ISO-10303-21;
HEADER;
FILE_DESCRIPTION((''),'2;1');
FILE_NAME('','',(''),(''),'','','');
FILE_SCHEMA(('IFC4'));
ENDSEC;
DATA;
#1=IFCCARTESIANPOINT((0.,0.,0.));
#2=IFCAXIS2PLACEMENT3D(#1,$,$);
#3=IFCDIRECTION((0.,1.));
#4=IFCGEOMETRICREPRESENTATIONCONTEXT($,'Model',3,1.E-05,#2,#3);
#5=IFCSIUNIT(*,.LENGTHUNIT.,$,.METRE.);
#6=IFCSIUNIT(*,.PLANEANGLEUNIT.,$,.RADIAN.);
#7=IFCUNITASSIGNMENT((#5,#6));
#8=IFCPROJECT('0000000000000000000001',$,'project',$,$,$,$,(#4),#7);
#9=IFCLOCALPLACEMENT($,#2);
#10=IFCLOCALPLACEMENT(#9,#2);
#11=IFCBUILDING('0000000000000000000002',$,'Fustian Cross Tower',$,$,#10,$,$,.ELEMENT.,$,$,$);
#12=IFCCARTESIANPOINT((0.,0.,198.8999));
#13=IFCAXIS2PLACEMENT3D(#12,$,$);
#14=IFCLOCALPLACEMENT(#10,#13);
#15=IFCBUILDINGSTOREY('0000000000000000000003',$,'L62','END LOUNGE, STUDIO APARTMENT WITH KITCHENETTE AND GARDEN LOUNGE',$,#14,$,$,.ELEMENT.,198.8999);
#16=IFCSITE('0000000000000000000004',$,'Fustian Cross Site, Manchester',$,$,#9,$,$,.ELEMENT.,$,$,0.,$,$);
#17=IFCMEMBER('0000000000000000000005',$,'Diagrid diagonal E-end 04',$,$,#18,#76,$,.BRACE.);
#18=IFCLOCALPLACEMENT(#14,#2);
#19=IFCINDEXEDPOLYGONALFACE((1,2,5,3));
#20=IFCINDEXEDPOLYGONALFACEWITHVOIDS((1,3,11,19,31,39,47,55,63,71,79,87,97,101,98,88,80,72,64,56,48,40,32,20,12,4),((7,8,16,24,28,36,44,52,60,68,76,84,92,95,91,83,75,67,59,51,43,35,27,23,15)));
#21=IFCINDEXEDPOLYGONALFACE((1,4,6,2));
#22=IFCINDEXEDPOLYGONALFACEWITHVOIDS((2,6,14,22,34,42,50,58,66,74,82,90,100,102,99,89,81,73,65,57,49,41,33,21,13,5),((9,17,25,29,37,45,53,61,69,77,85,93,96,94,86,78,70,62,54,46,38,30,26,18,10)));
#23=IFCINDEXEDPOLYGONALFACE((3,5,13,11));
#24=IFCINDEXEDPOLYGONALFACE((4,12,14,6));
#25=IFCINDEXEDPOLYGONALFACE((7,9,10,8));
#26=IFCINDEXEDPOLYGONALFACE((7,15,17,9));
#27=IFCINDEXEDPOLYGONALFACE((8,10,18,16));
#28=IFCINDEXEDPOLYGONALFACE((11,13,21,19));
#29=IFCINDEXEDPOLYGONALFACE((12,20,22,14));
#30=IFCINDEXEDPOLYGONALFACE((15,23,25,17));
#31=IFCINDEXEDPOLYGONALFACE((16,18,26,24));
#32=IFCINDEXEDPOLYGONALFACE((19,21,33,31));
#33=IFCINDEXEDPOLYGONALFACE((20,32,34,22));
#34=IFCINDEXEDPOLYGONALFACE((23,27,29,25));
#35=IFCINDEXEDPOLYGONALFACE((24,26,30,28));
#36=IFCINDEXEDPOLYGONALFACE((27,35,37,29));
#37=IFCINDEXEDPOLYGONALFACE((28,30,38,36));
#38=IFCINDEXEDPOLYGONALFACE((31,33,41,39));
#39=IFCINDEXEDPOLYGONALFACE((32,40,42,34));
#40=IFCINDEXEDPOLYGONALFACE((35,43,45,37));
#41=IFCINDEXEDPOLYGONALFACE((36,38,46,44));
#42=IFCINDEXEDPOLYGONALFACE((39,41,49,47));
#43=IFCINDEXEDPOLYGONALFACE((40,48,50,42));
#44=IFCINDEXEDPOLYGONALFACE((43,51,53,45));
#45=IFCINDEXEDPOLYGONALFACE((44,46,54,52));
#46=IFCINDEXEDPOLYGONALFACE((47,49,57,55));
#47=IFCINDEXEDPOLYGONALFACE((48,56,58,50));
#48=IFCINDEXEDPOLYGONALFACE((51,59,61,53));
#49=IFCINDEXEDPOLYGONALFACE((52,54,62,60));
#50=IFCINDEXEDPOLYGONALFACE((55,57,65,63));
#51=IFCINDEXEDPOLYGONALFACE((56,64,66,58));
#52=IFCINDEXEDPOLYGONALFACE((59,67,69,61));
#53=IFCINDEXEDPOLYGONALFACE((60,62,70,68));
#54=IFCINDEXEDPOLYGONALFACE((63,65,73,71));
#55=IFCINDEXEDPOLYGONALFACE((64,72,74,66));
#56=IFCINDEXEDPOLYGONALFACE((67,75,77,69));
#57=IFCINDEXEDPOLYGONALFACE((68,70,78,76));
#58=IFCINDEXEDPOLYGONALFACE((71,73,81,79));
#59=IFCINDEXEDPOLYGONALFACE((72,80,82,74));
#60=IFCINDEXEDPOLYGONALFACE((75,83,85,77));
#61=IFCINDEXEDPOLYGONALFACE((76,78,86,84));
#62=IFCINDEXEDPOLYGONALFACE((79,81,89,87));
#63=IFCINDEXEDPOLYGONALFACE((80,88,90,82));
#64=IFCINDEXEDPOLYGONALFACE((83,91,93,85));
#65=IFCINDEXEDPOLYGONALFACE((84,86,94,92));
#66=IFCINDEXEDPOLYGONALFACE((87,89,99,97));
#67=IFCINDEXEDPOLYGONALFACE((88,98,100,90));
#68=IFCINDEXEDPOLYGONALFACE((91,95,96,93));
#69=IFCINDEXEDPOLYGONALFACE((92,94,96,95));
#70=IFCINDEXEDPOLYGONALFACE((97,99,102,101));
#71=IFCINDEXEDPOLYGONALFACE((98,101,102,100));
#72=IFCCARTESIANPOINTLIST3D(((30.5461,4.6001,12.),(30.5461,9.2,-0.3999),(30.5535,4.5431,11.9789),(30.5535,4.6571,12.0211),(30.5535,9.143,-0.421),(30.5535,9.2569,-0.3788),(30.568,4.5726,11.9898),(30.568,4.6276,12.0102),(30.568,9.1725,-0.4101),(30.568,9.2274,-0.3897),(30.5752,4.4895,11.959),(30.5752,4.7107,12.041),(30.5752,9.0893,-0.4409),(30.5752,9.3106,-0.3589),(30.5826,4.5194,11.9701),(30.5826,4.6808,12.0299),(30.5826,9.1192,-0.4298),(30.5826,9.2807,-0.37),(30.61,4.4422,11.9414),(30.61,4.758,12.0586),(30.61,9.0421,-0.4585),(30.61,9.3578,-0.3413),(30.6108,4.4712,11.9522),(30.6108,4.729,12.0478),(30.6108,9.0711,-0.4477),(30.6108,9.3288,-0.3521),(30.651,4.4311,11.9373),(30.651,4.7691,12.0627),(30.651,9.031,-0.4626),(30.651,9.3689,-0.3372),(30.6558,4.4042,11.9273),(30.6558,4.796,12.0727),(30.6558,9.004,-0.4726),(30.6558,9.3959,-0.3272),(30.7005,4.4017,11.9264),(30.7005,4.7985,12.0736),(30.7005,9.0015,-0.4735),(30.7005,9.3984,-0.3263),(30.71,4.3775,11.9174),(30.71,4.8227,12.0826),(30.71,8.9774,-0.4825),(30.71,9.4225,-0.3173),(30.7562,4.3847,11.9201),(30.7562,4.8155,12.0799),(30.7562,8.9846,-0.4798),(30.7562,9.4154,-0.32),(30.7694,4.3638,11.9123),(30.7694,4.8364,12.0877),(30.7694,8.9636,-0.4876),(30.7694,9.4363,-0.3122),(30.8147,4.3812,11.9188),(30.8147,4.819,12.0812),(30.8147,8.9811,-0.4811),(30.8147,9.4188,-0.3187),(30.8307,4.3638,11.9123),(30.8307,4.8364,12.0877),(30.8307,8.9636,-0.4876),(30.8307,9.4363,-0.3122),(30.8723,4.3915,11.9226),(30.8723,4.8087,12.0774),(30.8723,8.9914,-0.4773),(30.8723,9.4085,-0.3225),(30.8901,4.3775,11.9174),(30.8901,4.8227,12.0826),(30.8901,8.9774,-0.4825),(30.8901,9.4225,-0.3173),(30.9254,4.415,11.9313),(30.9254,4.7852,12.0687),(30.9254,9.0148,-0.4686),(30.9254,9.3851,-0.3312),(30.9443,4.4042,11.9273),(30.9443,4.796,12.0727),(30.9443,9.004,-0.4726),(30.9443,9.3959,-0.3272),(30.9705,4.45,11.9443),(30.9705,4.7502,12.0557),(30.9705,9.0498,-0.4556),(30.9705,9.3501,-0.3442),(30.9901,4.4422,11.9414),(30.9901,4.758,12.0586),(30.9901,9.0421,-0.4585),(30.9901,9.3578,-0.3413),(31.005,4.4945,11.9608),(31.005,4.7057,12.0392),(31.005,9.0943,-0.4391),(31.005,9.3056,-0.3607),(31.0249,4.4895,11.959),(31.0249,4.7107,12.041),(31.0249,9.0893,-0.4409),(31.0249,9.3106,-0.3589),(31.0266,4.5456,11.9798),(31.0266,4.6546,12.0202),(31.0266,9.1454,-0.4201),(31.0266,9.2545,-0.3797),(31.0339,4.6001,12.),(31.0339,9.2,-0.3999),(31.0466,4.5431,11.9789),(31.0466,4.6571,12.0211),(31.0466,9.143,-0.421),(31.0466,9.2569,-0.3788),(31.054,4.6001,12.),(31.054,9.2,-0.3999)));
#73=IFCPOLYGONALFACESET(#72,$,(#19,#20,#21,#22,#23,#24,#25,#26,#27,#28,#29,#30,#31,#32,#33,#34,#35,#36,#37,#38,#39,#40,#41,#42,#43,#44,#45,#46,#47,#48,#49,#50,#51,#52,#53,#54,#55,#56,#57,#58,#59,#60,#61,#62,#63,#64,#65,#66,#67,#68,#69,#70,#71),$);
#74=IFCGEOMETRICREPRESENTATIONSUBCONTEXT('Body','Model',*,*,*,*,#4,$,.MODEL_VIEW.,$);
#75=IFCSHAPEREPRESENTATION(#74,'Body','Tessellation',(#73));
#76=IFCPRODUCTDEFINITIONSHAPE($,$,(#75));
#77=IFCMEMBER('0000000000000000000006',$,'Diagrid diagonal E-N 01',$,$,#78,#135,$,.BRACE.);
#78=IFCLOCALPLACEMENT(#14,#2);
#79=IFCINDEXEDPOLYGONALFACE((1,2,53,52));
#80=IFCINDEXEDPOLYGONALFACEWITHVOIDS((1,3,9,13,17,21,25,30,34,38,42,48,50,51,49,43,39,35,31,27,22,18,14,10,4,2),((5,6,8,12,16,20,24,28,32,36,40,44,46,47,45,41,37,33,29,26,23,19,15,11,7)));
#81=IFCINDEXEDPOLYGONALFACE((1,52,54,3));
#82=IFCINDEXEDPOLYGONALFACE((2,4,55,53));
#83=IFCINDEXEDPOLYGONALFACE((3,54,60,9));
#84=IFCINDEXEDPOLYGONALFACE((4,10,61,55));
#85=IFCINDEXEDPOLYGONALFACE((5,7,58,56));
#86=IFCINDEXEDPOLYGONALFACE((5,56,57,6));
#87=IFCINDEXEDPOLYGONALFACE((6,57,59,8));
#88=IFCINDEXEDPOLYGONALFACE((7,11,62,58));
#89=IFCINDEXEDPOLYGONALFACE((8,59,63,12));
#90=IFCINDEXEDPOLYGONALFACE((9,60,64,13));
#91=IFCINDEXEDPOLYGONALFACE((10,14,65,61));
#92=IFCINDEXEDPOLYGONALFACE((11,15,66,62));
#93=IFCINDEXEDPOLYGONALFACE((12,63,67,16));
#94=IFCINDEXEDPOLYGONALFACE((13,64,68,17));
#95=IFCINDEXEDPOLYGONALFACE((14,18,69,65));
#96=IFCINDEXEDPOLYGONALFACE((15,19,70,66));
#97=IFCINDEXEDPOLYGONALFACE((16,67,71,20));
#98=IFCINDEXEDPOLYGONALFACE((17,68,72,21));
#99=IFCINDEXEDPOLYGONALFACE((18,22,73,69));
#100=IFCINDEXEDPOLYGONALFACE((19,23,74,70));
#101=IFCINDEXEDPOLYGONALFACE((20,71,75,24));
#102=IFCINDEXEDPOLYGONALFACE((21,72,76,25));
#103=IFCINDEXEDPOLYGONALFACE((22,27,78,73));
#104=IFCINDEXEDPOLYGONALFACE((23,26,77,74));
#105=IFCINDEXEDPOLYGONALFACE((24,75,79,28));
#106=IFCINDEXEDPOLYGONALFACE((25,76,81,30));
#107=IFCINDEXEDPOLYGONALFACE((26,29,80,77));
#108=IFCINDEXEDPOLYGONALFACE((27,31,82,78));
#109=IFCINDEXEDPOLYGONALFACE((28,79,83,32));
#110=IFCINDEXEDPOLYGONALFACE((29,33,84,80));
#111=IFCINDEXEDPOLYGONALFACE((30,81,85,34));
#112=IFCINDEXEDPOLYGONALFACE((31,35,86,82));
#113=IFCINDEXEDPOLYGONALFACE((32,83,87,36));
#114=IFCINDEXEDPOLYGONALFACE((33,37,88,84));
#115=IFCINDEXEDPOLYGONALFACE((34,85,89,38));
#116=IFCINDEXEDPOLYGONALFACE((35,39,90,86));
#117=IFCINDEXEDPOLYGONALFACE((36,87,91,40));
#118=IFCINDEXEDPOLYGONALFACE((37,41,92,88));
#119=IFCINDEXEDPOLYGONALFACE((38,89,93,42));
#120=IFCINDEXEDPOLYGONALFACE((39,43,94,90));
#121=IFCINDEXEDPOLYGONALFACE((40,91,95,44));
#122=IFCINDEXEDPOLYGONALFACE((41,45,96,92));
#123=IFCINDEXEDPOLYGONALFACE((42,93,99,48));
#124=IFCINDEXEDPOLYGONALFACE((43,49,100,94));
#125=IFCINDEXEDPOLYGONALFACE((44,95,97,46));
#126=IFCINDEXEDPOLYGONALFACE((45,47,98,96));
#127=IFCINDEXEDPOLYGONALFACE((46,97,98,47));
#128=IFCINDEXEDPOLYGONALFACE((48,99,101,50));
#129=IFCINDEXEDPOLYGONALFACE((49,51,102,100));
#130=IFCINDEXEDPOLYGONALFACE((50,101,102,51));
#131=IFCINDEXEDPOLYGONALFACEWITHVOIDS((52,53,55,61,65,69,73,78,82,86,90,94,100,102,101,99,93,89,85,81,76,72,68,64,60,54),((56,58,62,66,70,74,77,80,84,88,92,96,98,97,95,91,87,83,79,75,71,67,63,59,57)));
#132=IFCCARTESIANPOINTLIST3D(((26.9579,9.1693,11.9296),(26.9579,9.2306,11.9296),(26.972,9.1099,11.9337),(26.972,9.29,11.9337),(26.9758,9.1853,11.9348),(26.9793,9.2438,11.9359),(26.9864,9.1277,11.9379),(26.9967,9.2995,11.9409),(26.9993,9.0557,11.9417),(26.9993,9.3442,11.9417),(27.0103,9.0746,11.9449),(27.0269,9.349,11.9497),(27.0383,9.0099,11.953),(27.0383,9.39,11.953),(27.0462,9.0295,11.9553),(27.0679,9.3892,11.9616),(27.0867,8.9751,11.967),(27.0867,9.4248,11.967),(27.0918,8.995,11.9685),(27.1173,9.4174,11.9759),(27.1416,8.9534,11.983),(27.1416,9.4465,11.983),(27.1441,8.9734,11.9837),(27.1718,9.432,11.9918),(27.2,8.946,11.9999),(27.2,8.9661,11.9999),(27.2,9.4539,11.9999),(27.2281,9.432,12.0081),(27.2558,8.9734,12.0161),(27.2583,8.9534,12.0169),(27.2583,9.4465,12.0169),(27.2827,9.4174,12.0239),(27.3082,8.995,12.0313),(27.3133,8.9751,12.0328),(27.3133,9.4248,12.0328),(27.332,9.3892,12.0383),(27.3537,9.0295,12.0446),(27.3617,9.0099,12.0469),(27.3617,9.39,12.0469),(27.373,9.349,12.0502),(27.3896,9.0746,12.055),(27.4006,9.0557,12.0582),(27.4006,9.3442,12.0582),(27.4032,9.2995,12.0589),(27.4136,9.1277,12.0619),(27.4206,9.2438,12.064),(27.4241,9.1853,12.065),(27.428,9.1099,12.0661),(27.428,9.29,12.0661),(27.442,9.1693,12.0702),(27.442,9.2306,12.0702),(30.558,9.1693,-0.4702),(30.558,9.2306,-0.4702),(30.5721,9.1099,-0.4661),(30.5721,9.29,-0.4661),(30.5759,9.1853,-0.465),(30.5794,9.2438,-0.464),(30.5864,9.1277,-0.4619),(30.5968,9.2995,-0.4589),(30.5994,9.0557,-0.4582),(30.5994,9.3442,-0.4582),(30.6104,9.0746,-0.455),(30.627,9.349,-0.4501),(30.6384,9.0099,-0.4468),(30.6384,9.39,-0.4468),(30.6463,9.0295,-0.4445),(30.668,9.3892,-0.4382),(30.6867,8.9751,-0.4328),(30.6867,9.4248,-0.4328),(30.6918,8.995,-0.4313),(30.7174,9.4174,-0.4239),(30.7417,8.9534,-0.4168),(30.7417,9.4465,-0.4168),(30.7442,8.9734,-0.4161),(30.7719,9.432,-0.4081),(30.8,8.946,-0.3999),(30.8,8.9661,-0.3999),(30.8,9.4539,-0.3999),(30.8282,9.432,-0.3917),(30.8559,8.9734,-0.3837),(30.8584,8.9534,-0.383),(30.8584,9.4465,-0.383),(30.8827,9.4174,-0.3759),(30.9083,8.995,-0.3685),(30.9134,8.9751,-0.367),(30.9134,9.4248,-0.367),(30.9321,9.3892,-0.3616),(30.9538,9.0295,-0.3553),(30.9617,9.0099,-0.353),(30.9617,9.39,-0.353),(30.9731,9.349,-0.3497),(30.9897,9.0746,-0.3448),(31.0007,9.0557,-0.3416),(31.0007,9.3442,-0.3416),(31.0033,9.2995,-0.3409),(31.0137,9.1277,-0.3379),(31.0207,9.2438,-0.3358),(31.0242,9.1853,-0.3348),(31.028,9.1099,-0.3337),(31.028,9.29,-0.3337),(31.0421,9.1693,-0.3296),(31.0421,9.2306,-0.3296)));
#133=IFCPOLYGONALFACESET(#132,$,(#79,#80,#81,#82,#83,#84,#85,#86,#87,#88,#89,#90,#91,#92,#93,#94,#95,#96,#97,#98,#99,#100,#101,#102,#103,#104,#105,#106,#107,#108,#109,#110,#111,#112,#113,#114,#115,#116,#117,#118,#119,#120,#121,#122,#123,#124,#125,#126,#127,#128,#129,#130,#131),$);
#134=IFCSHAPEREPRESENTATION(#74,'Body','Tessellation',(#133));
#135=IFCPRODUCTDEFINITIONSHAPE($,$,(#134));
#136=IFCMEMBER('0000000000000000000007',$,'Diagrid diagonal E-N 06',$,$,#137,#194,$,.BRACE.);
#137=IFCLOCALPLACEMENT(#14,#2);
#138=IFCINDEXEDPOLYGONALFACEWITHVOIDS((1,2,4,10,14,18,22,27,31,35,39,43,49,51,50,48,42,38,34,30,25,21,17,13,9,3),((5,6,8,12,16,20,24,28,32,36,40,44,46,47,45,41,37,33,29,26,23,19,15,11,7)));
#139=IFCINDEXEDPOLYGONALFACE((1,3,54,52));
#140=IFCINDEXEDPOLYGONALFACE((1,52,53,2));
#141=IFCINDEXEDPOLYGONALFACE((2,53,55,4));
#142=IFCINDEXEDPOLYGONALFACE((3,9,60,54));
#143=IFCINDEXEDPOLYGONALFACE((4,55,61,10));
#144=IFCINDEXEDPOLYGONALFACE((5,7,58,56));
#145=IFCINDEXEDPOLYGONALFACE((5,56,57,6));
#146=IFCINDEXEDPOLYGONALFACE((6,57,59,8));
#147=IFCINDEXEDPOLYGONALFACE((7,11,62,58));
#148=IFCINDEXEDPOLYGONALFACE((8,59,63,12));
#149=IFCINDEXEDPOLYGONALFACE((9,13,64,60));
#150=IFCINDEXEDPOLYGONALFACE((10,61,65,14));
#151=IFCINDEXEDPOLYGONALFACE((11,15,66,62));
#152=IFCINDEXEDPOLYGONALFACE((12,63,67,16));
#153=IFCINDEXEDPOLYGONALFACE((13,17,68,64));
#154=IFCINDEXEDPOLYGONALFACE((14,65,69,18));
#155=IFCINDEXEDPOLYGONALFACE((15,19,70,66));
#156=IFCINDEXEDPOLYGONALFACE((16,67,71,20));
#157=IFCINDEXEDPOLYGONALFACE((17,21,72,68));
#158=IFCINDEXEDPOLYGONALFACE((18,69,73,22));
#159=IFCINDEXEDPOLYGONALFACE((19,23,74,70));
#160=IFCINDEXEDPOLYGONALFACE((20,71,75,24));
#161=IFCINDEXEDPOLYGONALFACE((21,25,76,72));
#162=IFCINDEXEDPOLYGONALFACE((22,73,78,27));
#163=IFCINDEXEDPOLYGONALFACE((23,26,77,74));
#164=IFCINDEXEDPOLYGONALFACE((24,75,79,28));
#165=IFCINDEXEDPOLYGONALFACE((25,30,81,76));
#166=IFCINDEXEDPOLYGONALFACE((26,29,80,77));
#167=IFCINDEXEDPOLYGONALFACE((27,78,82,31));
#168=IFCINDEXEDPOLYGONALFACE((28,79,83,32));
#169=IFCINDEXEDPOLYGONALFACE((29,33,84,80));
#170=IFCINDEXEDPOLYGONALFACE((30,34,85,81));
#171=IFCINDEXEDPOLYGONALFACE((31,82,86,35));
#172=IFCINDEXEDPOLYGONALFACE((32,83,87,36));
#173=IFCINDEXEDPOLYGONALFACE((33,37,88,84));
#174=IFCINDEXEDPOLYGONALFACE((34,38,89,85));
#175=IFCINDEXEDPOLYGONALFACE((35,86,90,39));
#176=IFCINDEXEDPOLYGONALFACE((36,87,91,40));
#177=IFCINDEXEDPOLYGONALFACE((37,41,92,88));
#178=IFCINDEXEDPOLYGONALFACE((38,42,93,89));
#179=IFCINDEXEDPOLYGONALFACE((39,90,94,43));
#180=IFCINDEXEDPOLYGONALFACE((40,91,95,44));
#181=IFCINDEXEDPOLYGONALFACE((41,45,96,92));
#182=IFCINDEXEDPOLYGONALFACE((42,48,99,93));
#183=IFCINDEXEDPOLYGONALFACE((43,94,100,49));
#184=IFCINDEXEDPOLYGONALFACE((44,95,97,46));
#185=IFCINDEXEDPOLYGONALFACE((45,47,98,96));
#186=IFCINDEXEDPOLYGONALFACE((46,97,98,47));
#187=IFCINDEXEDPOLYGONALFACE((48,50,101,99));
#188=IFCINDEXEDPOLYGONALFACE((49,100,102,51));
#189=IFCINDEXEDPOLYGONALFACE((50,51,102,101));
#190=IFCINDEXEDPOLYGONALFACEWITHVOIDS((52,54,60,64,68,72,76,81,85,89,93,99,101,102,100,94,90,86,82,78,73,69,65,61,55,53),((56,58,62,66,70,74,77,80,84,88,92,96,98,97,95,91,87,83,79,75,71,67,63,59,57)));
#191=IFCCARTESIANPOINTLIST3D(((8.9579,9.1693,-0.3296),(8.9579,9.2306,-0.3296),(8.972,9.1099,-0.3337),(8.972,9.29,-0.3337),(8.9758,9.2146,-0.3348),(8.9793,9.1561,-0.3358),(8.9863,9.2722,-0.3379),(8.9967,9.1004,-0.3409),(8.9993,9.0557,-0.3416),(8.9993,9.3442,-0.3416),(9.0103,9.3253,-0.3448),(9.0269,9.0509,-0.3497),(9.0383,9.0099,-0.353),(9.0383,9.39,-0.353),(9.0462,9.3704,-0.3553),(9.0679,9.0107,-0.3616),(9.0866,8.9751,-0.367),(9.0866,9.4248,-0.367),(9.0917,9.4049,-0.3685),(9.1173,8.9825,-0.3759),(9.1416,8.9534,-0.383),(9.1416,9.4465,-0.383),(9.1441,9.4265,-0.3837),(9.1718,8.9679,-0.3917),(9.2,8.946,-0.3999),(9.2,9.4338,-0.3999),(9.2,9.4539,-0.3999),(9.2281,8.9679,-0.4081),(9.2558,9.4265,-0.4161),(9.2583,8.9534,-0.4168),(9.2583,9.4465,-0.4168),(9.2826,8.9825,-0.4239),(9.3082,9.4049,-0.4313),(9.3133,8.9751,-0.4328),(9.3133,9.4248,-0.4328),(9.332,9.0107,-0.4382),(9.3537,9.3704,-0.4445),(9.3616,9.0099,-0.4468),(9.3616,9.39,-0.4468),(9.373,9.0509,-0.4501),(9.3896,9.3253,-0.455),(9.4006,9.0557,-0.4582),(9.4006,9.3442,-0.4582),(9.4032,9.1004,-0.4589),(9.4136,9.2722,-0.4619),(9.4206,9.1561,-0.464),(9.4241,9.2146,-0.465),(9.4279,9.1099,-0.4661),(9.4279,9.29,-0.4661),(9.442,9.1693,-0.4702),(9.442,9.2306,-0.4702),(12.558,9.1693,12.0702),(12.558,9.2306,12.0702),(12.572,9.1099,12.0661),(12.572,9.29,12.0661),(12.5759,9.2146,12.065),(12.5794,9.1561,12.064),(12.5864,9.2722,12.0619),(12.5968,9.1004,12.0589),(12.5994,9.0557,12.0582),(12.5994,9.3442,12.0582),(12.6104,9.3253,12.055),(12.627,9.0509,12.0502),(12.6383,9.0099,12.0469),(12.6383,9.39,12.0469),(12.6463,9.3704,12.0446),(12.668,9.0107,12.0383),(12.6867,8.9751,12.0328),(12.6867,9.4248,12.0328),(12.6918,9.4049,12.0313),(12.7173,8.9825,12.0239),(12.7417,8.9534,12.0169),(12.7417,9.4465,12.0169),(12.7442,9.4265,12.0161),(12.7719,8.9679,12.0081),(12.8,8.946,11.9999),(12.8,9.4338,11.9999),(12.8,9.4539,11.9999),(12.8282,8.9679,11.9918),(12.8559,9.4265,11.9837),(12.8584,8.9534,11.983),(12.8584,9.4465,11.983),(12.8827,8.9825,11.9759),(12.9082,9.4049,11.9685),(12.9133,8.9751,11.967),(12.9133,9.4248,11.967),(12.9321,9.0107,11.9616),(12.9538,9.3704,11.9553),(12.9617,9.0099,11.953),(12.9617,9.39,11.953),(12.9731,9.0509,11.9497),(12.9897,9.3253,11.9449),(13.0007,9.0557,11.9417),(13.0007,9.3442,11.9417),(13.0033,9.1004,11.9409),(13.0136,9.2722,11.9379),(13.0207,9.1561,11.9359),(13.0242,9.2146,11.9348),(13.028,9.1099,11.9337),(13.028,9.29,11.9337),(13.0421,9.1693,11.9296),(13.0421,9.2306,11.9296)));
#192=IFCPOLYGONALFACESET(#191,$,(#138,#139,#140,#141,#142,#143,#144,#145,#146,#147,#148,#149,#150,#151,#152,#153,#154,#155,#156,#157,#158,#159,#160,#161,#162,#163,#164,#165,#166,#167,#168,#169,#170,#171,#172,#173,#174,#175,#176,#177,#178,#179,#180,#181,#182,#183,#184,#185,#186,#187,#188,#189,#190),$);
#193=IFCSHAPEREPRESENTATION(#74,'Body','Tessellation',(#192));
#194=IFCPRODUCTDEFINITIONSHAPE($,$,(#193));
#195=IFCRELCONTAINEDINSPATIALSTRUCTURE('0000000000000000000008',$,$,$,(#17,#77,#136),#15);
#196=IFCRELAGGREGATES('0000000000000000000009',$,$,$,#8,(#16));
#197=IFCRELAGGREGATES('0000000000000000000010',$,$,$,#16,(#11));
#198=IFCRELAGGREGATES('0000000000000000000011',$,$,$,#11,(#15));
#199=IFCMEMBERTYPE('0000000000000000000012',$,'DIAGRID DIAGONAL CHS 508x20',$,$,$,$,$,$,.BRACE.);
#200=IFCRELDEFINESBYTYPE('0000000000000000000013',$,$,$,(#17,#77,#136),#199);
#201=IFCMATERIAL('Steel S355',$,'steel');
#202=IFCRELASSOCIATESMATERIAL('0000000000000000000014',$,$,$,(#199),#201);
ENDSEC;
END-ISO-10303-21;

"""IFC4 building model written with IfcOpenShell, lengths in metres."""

from ifc_helpers import new_model, si_unit, direction, frame, origin, origin_2d, place, context, subcontext, project, spatial, hollow_circle, extrude, material, material_profile, profile_set, type_object, element, save


model = new_model("IFC4")

# Units and contexts
model_context = context("Model", 3, precision=1e-05, world=origin(), true_north=direction((0.0, 1.0)))
body_context = subcontext(model_context, "Body", "Model", "MODEL_VIEW")
ifc_project = project(units=[si_unit("LENGTHUNIT", "METRE"), si_unit("PLANEANGLEUNIT", "RADIAN")], contexts=[model_context])

# Site, building, storey
site_placement = place(None, origin())
site = spatial("IfcSite", under=ifc_project, at=site_placement, Name="Fustian Cross Site, Manchester", CompositionType="ELEMENT", RefElevation=0.0)
building_placement = place(site_placement, origin())
building = spatial("IfcBuilding", under=site, at=building_placement, Name="Fustian Cross Tower", CompositionType="ELEMENT")
storey_placement = place(building_placement, frame((0.0, 0.0, 198.8999)))
storey = spatial("IfcBuildingStorey", under=building, at=storey_placement, Name="L62", Description="END LOUNGE, STUDIO APARTMENT WITH KITCHENETTE AND GARDEN LOUNGE", CompositionType="ELEMENT", Elevation=198.8999)

# Members
ifc_material_1 = material(Name="Steel S355", Category="steel")
ifc_material_profile_1 = material_profile(ifc_material_1, hollow_circle(Radius=0.2539, WallThickness=0.02, at=origin_2d()), Name="CHS 508x20")
ifc_profile_set_1 = profile_set([ifc_material_profile_1], Name="Steel S355")
member_type_1 = type_object("IfcMemberType", Name="DIAGRID DIAGONAL CHS 508x20", PredefinedType="BRACE", material=ifc_profile_set_1)
member_1_placement = place(storey_placement, frame((30.8, 9.2, -0.3999), z_axis=(0.0, -0.347799, 0.937569), x_axis=(1.0, 0.0, 0.0)))
element("IfcMember", 1, at=member_1_placement, inside=storey, type_object=member_type_1, Name="Diagrid diagonal E-end 04", PredefinedType="BRACE", context=body_context, shape_type="SweptSolid", body=[
    extrude(hollow_circle(Radius=0.2539, WallThickness=0.02, at=origin_2d()), origin(), (0.0, 0.0, 1.0), 13.2256),
])
for number, where, z_axis, x_axis, name in (
    (2, (30.8, 9.2, -0.3999), (-0.278819, 0.0, 0.960344), (0.0, -1.0, 0.0), "Diagrid diagonal E-N 01"),
    (3, (9.2, 9.2, -0.3999), (0.278819, 0.0, 0.960344), (0.0, 1.0, 0.0), "Diagrid diagonal E-N 06"),
):
    element("IfcMember", number, at=place(storey_placement, frame(where, z_axis=z_axis, x_axis=x_axis)), inside=storey, type_object=member_type_1, Name=name, PredefinedType="BRACE", context=body_context, shape_type="SweptSolid", body=[
        extrude(hollow_circle(Radius=0.2539, WallThickness=0.02, at=origin_2d()), origin(), (0.0, 0.0, 1.0), 12.9119),
    ])

save(model, "model.ifc")
